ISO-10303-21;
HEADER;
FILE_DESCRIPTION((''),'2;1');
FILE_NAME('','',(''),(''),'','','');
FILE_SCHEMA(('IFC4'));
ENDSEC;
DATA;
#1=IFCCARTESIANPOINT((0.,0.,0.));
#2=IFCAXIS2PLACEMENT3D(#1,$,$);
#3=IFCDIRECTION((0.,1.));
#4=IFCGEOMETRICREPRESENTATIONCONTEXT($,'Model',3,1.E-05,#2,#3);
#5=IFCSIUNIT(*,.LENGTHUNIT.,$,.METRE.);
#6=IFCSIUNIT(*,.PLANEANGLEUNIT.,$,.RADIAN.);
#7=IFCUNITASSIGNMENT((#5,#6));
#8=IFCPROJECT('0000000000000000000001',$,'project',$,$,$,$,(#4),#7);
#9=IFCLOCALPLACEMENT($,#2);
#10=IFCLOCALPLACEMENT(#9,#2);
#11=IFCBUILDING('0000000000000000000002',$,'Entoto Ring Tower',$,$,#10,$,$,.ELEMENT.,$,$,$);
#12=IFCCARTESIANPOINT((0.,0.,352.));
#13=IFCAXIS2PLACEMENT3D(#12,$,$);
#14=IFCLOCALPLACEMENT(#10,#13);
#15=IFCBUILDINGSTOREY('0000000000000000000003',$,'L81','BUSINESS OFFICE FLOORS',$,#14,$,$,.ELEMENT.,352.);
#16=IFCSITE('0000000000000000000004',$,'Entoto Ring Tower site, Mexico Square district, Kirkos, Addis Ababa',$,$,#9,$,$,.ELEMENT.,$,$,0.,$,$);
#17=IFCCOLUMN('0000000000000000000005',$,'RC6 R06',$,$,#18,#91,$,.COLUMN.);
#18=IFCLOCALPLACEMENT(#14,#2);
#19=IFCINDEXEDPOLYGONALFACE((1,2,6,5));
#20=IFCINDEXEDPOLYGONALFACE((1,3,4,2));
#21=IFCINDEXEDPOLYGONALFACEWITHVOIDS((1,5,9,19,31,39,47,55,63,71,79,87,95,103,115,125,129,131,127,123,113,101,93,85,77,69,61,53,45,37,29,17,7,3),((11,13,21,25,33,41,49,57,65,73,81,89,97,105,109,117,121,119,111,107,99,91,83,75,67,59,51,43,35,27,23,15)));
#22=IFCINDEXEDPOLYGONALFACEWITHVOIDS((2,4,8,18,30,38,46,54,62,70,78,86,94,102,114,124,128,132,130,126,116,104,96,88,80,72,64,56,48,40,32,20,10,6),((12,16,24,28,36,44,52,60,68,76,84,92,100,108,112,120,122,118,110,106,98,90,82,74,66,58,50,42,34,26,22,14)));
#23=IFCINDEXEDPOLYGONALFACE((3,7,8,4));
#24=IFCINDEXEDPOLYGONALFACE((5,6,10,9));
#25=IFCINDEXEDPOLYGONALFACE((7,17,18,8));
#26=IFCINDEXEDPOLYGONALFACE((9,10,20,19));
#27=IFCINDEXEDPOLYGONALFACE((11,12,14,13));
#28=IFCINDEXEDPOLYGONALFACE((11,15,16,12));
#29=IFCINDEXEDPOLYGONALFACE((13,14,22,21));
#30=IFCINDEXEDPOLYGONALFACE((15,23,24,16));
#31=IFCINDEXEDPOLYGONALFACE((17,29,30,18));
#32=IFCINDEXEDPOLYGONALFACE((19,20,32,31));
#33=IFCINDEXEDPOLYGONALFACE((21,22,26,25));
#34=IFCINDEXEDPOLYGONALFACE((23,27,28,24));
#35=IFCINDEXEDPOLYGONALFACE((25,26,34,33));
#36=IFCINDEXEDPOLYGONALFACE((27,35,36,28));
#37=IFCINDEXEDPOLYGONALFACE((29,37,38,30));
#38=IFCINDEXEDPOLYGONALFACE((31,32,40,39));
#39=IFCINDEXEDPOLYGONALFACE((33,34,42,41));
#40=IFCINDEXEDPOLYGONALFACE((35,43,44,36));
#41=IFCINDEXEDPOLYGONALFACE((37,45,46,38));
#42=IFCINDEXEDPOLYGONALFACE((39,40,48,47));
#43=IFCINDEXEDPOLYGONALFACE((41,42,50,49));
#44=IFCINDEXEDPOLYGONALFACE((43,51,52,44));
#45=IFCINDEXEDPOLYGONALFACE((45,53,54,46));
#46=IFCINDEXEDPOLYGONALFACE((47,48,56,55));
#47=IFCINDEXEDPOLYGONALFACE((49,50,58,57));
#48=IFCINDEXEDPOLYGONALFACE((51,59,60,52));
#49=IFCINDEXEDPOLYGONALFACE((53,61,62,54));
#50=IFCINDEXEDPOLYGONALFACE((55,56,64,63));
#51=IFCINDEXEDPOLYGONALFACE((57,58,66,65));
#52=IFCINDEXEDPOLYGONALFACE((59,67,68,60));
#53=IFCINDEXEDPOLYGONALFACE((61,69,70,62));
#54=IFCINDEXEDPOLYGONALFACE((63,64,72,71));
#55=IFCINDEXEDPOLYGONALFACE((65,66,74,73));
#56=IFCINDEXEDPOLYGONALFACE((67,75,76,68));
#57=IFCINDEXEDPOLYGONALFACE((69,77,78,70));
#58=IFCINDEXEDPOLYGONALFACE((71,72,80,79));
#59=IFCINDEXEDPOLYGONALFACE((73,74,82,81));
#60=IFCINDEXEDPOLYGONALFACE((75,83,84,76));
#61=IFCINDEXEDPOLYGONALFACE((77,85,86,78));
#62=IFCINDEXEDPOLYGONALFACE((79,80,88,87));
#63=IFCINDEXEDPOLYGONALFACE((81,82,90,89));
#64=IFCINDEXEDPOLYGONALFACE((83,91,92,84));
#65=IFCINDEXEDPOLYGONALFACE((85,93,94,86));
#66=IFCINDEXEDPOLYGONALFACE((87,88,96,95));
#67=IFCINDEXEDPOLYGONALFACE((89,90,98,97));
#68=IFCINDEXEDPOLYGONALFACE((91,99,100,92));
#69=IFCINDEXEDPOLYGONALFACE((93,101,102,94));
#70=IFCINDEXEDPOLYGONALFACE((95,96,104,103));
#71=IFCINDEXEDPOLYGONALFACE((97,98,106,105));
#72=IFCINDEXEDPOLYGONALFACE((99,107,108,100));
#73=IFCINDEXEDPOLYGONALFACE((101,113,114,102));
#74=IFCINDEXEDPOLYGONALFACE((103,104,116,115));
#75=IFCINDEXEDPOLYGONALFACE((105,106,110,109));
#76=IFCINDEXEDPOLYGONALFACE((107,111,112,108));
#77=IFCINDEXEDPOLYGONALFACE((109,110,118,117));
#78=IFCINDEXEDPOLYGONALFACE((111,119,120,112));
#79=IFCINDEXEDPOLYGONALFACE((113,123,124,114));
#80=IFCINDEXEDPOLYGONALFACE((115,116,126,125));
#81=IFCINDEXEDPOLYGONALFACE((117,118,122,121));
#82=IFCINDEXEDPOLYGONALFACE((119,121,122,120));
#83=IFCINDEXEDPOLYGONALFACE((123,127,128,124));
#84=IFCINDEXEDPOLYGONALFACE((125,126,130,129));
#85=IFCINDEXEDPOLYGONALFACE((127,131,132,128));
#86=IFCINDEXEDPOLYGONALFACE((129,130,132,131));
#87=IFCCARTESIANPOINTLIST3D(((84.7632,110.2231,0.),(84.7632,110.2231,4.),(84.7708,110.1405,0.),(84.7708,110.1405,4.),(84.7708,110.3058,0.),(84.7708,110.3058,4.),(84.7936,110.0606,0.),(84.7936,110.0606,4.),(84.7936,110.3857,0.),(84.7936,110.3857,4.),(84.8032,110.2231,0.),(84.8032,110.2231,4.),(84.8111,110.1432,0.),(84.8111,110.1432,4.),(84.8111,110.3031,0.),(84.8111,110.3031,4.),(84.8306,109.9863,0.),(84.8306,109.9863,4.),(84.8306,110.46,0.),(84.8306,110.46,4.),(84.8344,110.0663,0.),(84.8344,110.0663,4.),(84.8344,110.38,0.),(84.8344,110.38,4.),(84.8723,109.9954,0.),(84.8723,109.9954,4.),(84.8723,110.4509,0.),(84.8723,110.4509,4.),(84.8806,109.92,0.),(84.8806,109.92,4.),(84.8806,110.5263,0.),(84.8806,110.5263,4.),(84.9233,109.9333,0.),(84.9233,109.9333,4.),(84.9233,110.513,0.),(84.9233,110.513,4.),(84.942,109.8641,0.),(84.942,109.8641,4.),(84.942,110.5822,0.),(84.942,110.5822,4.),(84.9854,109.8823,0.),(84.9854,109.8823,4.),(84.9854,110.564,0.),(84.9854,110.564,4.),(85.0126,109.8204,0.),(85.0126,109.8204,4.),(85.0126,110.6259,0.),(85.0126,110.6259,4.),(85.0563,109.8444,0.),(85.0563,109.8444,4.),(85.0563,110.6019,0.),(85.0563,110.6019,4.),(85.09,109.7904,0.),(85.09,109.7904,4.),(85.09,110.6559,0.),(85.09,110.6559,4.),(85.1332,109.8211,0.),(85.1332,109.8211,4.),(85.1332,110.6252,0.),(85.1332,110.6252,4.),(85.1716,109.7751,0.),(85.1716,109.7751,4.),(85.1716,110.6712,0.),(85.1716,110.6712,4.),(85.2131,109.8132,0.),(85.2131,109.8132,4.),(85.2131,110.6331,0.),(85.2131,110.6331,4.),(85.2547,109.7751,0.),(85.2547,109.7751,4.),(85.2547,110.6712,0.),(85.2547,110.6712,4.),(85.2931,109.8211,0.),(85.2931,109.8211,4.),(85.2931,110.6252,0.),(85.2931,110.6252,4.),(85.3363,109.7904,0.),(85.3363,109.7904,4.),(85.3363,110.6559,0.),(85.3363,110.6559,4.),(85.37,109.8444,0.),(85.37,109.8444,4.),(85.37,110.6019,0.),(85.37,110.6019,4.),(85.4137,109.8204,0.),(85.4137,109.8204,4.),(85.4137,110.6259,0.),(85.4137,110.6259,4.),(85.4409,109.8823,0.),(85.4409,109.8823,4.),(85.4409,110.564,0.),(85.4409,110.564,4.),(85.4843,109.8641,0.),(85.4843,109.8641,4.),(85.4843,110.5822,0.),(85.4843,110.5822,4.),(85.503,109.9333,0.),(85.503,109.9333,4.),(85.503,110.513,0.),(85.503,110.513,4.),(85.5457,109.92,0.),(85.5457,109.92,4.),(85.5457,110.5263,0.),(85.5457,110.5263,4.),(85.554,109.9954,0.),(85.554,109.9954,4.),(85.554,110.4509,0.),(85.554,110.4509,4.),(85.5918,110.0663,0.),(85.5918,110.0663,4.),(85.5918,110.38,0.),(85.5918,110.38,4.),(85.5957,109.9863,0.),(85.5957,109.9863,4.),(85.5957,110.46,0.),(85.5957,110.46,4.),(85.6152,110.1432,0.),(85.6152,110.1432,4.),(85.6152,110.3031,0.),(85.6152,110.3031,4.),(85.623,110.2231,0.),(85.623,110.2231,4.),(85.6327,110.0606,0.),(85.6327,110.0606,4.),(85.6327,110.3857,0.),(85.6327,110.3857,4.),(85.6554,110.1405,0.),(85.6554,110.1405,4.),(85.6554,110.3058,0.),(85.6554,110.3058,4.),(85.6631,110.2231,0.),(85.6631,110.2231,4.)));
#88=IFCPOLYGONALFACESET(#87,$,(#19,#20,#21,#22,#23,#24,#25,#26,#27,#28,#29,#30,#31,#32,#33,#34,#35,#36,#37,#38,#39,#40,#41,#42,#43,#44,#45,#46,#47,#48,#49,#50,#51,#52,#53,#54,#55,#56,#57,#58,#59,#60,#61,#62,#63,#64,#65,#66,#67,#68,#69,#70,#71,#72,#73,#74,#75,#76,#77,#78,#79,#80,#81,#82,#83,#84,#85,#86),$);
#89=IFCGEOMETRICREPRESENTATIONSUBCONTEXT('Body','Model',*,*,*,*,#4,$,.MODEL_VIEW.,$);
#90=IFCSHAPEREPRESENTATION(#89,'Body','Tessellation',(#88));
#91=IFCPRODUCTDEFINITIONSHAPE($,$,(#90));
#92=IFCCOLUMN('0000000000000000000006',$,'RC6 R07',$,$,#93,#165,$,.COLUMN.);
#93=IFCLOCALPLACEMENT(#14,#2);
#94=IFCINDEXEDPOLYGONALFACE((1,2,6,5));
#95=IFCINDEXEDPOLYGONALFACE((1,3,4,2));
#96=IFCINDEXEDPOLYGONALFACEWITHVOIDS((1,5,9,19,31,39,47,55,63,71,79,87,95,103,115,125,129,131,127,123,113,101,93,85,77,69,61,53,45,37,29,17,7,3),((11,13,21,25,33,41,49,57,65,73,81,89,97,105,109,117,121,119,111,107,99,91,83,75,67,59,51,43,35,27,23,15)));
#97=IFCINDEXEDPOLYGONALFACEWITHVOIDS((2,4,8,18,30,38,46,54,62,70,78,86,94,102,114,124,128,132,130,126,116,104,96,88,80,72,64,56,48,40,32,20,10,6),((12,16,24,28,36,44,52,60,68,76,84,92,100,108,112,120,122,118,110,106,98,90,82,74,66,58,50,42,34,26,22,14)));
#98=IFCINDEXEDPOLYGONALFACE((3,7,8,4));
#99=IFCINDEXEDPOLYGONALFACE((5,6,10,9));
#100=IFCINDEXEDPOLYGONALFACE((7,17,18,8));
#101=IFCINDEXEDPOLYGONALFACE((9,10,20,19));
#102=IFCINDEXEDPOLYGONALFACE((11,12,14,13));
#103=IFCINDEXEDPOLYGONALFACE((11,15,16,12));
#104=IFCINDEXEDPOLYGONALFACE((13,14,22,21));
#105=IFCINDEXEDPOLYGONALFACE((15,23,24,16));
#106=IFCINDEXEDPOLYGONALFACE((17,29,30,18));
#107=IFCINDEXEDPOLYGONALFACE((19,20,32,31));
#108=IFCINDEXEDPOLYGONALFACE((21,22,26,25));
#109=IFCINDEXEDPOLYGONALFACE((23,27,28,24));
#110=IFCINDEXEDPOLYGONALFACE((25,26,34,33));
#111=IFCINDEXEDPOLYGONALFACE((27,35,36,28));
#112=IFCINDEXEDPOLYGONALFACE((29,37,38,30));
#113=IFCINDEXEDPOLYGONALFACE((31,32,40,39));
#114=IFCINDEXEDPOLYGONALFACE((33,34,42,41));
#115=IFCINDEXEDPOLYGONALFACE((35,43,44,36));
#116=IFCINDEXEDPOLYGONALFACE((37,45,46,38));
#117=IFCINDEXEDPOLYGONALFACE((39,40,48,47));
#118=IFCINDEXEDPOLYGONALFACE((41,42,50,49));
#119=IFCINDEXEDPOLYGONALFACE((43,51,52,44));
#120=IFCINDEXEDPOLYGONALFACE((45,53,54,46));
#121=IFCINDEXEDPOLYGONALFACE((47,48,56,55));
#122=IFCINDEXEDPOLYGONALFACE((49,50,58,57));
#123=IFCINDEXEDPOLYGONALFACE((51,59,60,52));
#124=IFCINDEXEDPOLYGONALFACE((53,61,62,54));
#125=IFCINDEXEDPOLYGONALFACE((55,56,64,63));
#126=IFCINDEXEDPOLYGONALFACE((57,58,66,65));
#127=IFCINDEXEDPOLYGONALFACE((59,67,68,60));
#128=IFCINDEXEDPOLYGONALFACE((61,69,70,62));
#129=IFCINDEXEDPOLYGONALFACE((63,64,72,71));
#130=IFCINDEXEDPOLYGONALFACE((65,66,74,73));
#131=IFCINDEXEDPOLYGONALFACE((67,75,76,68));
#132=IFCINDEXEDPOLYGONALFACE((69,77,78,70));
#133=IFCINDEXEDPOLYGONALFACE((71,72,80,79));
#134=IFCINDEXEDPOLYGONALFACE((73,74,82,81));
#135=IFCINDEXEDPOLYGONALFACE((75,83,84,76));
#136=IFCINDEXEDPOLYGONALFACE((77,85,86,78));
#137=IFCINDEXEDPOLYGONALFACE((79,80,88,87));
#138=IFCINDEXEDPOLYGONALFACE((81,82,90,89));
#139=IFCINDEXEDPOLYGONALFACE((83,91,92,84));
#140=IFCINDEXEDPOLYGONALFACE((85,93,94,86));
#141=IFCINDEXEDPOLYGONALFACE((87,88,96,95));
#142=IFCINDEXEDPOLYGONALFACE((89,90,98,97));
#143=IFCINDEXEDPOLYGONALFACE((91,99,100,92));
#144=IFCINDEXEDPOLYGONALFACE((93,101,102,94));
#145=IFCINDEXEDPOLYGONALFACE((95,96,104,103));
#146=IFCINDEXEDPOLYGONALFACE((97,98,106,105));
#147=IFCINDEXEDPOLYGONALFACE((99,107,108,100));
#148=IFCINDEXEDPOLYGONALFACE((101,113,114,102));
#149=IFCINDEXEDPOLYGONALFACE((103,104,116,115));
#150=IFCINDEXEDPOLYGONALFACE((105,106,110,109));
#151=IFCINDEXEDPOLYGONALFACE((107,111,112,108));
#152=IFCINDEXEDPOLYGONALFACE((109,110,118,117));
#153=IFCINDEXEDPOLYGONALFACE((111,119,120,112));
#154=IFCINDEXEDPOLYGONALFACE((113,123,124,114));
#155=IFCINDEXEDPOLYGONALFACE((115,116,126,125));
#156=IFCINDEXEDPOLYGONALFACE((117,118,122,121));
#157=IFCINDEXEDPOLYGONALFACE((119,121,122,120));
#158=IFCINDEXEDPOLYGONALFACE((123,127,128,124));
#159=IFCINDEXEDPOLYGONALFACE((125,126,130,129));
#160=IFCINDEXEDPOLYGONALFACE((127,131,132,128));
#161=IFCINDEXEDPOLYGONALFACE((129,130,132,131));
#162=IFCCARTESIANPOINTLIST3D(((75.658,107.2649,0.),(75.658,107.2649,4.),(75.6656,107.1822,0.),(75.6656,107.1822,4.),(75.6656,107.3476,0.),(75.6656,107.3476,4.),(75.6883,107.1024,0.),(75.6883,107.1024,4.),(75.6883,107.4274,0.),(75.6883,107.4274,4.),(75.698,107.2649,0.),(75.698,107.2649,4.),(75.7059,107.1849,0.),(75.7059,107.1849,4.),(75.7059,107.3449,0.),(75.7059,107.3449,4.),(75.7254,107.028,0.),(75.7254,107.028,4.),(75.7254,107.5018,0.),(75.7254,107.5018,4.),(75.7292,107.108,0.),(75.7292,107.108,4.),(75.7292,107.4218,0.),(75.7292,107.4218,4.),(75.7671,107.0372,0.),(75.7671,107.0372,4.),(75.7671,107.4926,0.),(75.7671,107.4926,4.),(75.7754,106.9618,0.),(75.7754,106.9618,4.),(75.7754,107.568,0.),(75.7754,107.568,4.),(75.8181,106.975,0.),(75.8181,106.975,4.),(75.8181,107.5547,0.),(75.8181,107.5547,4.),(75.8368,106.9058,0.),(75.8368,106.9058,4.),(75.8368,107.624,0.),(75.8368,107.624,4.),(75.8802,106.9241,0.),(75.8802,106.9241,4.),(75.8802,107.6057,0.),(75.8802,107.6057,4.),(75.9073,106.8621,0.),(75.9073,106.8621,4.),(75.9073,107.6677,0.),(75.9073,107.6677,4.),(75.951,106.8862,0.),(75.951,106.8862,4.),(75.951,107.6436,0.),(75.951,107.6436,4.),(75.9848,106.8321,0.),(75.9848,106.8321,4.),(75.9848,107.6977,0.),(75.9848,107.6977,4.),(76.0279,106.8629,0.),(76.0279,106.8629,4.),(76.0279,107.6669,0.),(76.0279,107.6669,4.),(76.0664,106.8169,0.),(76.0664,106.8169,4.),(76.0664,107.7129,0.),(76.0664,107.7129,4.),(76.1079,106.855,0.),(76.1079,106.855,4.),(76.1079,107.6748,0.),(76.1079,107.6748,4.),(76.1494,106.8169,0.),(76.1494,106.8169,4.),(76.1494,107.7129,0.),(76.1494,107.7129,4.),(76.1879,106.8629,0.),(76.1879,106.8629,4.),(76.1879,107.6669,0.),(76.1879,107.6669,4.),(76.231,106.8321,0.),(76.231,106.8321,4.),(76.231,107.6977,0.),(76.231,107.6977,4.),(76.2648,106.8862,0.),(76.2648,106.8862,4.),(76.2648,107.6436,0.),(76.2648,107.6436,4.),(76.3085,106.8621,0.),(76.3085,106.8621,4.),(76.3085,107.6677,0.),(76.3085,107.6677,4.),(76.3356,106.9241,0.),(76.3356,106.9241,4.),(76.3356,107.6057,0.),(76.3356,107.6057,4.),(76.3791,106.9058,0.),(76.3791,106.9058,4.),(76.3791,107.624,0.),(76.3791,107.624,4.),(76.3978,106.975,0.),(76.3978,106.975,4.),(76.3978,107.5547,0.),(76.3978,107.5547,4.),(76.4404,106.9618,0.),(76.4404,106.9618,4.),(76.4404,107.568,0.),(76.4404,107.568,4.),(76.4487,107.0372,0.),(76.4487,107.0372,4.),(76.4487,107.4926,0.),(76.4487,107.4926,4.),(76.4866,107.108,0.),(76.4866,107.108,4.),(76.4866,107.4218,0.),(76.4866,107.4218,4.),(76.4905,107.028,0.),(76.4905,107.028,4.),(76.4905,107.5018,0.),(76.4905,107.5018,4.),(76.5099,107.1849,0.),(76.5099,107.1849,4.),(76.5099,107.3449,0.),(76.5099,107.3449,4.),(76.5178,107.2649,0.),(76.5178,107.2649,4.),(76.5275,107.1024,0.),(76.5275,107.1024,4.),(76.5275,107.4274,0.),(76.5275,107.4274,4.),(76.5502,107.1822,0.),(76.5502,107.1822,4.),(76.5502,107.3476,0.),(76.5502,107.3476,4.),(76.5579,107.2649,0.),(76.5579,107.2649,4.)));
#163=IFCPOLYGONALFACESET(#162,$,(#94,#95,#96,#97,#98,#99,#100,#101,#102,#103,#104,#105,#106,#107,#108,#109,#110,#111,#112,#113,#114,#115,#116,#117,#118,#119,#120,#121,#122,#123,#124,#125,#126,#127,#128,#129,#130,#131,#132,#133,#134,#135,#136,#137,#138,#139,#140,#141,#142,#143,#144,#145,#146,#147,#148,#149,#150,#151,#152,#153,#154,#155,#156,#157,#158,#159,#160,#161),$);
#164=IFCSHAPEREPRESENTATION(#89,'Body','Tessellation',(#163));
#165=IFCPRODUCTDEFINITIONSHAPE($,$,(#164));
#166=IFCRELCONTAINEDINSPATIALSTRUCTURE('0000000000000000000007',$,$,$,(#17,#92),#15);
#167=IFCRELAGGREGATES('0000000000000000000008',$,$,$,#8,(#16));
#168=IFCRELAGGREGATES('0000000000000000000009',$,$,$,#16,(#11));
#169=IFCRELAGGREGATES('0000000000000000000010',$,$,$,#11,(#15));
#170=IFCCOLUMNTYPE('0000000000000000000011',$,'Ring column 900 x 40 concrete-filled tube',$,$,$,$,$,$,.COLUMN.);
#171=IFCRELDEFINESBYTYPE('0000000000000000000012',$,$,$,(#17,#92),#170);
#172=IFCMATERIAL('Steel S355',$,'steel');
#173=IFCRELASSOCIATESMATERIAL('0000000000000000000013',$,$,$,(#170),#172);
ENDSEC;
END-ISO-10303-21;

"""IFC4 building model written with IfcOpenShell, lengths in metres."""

from ifc_helpers import new_model, si_unit, direction, frame, origin, origin_2d, place, context, subcontext, project, spatial, circle, hollow_circle, extrude, material, material_profile, profile_set, type_object, element, save


model = new_model("IFC4")

# Units and contexts
model_context = context("Model", 3, precision=1e-05, world=origin(), true_north=direction((0.0, 1.0)))
body_context = subcontext(model_context, "Body", "Model", "MODEL_VIEW")
ifc_project = project(units=[si_unit("LENGTHUNIT", "METRE"), si_unit("PLANEANGLEUNIT", "RADIAN")], contexts=[model_context])

# Site, building, storey
site_placement = place(None, origin())
site = spatial("IfcSite", under=ifc_project, at=site_placement, Name="Entoto Ring Tower site, Mexico Square district, Kirkos, Addis Ababa", CompositionType="ELEMENT", RefElevation=0.0)
building_placement = place(site_placement, origin())
building = spatial("IfcBuilding", under=site, at=building_placement, Name="Entoto Ring Tower", CompositionType="ELEMENT")
storey_placement = place(building_placement, frame((0.0, 0.0, 352.0)))
storey = spatial("IfcBuildingStorey", under=building, at=storey_placement, Name="L81", Description="BUSINESS OFFICE FLOORS", CompositionType="ELEMENT", Elevation=352.0)

# Columns
ifc_material_1 = material(Name="Steel S355", Category="steel")
ifc_material_profile_1 = material_profile(ifc_material_1, hollow_circle(Radius=0.45, WallThickness=0.04, at=origin_2d()), Name="CHS 900 x 40")
ifc_material_2 = material(Name="Concrete C60/75", Category="concrete")
ifc_material_profile_2 = material_profile(ifc_material_2, circle(Radius=0.4099, at=origin_2d()), Name="Concrete C60/75 infill")
ifc_profile_set_1 = profile_set([ifc_material_profile_1, ifc_material_profile_2], Name="Steel S355")
column_type = type_object("IfcColumnType", Name="Ring column 900 x 40 concrete-filled tube", PredefinedType="COLUMN", material=ifc_profile_set_1)
for number, where, z_axis, x_axis, name in (
    (1, (85.2131, 110.2231, 0.0), (0.0, 0.0, 1.0), (1.0, 0.0, 0.0), "RC6 R06"),
    (2, (76.1079, 107.2649, 0.0), (0.0, 0.0, 1.0), (1.0, 0.0, 0.0), "RC6 R07"),
):
    element("IfcColumn", number, at=place(storey_placement, frame(where, z_axis=z_axis, x_axis=x_axis)), inside=storey, type_object=column_type, Name=name, PredefinedType="COLUMN", context=body_context, shape_type="SweptSolid", body=[
        extrude(hollow_circle(Radius=0.45, WallThickness=0.04, at=origin_2d()), origin(), (0.0, 0.0, 1.0), 4.0),
    ])

save(model, "model.ifc")
